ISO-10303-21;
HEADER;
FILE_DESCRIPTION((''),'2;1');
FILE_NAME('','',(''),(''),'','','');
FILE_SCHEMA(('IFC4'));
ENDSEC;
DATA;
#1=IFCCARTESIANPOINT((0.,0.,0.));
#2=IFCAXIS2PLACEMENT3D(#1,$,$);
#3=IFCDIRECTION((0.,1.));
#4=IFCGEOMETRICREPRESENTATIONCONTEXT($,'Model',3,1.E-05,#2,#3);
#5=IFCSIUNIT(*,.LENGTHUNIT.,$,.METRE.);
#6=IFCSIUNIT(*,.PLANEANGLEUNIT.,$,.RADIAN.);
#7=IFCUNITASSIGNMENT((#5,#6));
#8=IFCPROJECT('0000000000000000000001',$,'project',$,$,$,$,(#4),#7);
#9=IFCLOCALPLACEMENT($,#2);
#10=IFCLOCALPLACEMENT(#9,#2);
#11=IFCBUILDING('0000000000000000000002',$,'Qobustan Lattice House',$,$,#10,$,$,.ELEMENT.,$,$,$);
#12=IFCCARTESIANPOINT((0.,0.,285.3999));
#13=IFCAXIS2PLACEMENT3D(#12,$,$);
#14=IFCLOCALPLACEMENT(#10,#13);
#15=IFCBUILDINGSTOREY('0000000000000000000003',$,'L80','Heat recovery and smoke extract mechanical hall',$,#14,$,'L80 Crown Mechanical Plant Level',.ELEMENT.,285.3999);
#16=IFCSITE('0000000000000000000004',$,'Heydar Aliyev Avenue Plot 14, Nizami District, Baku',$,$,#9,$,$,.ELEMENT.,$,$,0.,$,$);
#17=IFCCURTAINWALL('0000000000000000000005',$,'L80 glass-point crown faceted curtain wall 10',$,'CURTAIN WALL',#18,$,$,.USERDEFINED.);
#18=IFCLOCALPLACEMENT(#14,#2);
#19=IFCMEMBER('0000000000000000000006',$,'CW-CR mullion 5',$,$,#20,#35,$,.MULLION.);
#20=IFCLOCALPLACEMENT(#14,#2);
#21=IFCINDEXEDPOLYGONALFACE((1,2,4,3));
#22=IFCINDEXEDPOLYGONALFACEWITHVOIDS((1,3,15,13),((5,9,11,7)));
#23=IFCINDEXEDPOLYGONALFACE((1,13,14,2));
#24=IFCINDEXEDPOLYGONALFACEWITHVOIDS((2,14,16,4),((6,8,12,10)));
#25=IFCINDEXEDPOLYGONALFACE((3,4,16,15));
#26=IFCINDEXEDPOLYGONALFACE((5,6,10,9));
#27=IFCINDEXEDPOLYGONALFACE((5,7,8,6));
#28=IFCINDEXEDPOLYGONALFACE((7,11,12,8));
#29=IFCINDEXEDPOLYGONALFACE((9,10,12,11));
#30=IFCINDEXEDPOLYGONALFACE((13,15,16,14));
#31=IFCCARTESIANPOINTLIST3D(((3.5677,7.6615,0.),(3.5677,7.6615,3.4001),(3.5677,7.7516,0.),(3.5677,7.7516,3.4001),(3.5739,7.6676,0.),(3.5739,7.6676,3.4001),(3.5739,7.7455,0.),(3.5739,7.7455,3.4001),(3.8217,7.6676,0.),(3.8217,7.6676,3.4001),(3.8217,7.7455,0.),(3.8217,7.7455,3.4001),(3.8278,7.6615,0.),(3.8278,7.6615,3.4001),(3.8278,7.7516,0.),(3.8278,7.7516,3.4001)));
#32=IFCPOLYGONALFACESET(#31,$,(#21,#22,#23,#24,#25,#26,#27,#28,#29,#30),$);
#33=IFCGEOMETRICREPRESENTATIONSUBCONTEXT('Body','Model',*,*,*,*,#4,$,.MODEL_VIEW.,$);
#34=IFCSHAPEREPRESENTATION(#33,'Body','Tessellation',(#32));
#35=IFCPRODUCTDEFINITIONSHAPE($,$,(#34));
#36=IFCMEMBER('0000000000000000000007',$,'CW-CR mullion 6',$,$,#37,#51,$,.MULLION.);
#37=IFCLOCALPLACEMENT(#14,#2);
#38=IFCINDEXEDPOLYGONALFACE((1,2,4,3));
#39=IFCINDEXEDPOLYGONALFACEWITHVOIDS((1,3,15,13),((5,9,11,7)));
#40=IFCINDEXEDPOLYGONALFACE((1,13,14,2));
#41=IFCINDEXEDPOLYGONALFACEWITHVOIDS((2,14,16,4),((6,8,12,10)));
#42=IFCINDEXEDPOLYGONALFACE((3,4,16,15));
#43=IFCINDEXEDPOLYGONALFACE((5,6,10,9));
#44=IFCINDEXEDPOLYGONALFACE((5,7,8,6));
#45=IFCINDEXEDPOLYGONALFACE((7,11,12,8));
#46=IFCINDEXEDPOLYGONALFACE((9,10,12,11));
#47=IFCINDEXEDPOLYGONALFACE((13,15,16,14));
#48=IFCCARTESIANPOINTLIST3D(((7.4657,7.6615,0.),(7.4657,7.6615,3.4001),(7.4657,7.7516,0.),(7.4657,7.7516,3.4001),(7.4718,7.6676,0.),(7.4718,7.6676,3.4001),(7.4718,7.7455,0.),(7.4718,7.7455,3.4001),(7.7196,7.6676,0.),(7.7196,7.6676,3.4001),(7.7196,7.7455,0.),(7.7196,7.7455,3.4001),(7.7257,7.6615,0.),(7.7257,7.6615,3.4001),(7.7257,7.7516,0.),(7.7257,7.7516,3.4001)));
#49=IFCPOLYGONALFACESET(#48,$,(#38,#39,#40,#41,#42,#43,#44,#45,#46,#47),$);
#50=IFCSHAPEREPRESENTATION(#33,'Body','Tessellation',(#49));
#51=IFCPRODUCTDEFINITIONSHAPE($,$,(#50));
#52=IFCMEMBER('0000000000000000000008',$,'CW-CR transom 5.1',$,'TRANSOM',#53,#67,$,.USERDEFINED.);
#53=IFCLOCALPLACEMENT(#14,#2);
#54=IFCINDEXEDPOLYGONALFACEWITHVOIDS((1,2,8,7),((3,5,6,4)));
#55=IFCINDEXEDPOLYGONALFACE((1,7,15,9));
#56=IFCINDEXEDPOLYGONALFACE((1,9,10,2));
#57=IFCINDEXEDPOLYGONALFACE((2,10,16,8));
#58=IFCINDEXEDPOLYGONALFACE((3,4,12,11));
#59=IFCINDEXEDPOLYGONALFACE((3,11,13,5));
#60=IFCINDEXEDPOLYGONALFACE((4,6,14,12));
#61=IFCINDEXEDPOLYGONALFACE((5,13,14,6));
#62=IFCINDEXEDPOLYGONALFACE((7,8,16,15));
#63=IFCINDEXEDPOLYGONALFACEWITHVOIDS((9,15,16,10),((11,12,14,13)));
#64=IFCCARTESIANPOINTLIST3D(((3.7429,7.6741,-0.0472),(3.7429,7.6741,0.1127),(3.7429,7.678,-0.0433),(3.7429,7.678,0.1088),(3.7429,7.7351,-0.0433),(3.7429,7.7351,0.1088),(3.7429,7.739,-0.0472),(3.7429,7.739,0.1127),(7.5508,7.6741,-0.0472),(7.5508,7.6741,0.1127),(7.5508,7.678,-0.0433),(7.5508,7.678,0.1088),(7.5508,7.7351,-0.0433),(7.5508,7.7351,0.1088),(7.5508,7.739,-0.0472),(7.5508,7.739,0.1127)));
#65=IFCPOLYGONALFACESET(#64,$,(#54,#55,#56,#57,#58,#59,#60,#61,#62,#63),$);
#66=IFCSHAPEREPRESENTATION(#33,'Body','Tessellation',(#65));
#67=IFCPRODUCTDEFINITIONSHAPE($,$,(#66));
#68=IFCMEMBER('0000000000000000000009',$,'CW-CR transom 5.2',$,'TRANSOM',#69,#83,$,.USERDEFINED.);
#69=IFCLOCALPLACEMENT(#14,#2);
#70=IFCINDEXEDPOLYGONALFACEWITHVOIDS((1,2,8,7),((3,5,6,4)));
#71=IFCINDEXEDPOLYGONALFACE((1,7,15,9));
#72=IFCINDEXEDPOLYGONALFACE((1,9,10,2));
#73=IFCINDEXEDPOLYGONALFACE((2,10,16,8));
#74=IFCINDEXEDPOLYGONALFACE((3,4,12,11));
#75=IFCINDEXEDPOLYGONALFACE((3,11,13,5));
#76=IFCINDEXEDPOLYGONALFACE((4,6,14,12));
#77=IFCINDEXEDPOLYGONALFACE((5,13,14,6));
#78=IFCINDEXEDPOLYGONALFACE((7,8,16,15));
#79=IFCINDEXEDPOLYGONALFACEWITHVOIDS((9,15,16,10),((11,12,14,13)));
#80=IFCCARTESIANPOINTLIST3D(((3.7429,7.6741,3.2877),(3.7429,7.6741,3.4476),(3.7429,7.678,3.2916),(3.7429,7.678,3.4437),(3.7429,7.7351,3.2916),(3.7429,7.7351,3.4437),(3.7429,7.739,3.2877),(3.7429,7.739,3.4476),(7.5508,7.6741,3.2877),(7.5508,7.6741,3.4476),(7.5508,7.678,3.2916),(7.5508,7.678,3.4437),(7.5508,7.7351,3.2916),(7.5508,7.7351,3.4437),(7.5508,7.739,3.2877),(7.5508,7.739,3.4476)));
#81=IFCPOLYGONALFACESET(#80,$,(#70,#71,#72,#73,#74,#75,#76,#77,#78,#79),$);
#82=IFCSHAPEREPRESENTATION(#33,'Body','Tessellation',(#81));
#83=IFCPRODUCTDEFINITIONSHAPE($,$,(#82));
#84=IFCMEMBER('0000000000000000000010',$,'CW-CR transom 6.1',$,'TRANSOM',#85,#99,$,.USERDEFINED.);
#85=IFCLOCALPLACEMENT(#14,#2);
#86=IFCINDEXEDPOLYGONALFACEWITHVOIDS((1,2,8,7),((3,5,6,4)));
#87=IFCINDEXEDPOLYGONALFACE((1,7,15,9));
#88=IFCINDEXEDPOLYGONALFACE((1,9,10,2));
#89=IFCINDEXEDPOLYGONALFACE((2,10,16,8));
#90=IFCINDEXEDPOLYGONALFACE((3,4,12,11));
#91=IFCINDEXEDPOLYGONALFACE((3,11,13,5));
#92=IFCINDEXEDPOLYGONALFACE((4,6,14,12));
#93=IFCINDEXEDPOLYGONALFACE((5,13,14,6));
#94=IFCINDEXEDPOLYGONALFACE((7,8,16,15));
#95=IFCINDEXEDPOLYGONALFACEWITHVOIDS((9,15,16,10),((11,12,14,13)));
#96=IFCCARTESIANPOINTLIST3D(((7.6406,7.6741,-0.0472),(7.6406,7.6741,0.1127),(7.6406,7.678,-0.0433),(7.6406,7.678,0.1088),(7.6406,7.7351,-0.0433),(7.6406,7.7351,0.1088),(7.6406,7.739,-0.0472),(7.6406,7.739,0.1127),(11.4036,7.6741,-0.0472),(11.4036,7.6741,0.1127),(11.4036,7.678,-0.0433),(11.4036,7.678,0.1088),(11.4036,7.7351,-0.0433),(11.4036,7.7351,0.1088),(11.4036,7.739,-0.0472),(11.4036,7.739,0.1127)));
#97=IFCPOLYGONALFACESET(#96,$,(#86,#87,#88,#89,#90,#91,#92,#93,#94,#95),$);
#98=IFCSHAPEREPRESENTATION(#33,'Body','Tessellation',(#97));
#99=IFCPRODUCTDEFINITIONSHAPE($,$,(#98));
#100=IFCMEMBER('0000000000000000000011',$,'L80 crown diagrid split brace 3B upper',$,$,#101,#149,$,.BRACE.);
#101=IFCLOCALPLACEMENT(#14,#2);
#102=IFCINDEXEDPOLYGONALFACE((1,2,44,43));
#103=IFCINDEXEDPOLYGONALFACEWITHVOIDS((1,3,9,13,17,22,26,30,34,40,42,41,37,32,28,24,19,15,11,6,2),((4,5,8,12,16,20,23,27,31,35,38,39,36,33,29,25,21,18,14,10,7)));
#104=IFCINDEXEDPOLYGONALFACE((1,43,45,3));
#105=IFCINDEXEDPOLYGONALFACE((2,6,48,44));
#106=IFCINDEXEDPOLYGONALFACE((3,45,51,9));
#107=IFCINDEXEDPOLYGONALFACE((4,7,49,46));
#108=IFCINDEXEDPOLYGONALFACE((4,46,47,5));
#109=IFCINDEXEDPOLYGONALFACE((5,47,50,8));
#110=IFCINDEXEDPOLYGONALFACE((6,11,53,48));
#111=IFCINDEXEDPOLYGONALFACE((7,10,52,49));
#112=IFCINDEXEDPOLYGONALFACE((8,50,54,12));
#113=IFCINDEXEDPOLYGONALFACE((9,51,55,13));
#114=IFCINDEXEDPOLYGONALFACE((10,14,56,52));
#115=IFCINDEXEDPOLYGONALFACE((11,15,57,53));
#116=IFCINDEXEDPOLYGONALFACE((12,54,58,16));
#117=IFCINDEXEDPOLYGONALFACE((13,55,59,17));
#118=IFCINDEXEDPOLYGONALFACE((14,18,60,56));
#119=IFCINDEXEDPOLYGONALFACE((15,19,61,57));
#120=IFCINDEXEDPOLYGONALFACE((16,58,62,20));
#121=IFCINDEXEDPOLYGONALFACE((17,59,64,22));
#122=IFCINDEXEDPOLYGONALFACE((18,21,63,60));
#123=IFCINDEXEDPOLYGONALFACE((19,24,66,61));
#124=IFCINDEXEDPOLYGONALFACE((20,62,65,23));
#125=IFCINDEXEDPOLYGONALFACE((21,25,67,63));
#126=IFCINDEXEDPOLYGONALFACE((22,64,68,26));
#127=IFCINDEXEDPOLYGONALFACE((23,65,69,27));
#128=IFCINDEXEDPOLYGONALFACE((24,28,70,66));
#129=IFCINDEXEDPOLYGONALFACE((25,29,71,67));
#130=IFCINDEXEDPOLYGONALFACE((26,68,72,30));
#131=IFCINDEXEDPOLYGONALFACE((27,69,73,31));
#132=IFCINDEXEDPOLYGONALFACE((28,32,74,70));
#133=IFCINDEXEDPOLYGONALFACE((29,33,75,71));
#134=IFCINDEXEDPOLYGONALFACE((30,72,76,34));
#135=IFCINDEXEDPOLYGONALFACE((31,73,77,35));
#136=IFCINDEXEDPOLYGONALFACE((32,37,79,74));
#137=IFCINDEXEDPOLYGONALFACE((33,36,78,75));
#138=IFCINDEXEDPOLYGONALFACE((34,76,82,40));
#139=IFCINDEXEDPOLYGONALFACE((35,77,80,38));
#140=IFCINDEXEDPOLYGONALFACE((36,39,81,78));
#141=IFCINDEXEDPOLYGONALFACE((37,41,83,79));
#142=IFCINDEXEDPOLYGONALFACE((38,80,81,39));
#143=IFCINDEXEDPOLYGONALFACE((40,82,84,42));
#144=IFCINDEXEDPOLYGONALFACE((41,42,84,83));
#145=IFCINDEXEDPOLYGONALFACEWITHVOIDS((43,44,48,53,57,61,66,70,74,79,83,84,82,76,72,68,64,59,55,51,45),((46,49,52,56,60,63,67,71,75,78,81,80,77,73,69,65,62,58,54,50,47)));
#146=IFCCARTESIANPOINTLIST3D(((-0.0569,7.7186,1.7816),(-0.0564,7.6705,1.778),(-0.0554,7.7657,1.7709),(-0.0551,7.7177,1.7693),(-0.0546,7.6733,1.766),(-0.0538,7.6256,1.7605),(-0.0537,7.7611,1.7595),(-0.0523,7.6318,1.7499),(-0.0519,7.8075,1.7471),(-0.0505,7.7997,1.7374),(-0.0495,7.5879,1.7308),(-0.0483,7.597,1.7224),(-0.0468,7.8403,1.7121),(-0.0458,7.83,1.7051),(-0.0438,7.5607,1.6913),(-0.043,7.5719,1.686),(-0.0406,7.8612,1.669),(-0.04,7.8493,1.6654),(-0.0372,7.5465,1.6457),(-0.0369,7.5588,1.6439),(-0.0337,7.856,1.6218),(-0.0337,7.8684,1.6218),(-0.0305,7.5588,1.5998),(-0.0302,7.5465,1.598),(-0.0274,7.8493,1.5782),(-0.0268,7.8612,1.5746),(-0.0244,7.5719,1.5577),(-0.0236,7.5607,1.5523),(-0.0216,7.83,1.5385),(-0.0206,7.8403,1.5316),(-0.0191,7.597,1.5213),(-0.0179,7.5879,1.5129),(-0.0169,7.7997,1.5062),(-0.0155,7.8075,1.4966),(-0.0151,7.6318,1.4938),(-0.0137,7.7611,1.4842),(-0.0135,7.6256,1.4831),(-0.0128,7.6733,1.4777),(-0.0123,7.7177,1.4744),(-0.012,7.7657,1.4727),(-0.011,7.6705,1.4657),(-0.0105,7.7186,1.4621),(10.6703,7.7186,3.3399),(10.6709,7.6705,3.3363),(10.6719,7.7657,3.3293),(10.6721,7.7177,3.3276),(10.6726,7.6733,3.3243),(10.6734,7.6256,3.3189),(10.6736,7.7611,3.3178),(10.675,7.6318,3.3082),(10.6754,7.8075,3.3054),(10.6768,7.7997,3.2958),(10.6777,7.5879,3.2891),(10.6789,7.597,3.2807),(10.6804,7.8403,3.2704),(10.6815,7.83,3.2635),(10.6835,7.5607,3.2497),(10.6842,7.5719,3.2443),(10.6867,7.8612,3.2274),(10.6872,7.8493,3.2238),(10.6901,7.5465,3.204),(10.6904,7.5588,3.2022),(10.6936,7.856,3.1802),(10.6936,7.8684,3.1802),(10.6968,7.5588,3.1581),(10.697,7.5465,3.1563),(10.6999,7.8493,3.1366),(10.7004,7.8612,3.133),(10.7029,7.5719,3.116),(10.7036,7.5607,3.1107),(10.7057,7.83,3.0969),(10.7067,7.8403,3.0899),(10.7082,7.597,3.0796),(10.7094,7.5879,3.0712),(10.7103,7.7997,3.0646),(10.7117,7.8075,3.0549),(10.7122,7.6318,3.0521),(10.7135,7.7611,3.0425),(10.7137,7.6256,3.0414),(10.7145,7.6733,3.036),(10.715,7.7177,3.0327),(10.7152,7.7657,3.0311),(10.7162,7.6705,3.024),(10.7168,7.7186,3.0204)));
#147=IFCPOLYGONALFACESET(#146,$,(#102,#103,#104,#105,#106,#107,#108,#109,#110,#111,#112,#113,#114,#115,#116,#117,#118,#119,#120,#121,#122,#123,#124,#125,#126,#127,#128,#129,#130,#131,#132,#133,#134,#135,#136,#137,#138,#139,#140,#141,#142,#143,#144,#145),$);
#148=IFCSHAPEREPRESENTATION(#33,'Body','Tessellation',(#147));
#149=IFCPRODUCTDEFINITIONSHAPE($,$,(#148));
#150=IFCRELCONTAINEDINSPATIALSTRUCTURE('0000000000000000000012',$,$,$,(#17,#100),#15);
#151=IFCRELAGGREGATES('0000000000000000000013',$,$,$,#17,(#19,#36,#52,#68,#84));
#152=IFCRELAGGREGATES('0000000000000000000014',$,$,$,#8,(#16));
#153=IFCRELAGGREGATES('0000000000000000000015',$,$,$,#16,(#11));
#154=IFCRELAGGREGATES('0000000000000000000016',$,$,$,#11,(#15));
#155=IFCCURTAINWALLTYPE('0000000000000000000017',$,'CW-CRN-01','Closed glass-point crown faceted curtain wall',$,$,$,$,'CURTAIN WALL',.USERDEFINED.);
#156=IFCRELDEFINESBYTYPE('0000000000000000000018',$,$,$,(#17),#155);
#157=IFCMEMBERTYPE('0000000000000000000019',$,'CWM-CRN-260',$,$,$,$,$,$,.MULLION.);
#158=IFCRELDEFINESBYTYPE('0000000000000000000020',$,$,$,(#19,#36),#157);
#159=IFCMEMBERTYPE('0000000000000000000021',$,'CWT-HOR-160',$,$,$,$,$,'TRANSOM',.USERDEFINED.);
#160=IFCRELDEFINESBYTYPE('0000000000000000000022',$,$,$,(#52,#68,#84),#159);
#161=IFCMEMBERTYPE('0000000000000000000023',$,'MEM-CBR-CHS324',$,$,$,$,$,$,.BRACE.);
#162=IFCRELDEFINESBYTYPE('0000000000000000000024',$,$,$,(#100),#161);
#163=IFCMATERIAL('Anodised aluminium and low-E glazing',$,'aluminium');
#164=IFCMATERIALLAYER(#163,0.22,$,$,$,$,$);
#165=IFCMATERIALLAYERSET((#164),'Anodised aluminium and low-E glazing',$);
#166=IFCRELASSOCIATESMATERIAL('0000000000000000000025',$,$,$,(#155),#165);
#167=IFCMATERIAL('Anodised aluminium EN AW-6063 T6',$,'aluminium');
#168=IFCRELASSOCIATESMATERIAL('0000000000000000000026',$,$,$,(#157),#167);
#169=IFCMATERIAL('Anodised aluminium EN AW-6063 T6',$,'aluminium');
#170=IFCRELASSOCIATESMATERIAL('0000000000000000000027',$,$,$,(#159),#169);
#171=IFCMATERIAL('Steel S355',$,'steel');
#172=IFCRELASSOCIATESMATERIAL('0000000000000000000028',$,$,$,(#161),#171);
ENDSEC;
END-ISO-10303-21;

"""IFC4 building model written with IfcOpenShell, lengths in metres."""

from ifc_helpers import new_model, si_unit, direction, frame, origin, origin_2d, place, context, subcontext, project, spatial, hollow_rectangle, hollow_circle, extrude, material, layer, layer_set, material_profile, profile_set, type_object, element, aggregate, save


model = new_model("IFC4")

# Units and contexts
model_context = context("Model", 3, precision=1e-05, world=origin(), true_north=direction((0.0, 1.0)))
body_context = subcontext(model_context, "Body", "Model", "MODEL_VIEW")
ifc_project = project(units=[si_unit("LENGTHUNIT", "METRE"), si_unit("PLANEANGLEUNIT", "RADIAN")], contexts=[model_context])

# Site, building, storey
site_placement = place(None, origin())
site = spatial("IfcSite", under=ifc_project, at=site_placement, Name="Heydar Aliyev Avenue Plot 14, Nizami District, Baku", CompositionType="ELEMENT", RefElevation=0.0)
building_placement = place(site_placement, origin())
building = spatial("IfcBuilding", under=site, at=building_placement, Name="Qobustan Lattice House", CompositionType="ELEMENT")
storey_placement = place(building_placement, frame((0.0, 0.0, 285.3999)))
storey = spatial("IfcBuildingStorey", under=building, at=storey_placement, Name="L80", Description="Heat recovery and smoke extract mechanical hall", LongName="L80 Crown Mechanical Plant Level", CompositionType="ELEMENT", Elevation=285.3999)

# Curtain wall, members
ifc_material_1 = material(Name="Anodised aluminium and low-E glazing", Category="aluminium")
ifc_layer_1 = layer(ifc_material_1, 0.22)
ifc_layer_set_1 = layer_set([ifc_layer_1], Name="Anodised aluminium and low-E glazing")
curtain_wall_type = type_object("IfcCurtainWallType", Name="CW-CRN-01", Description="Closed glass-point crown faceted curtain wall", ElementType="CURTAIN WALL", PredefinedType="USERDEFINED", material=ifc_layer_set_1)
curtain_wall_placement = place(storey_placement, origin())
curtain_wall = element("IfcCurtainWall", 1, at=curtain_wall_placement, inside=storey, type_object=curtain_wall_type, Name="L80 glass-point crown faceted curtain wall 10", ObjectType="CURTAIN WALL", PredefinedType="USERDEFINED")
ifc_material_2 = material(Name="Anodised aluminium EN AW-6063 T6", Category="aluminium")
ifc_material_profile_1 = material_profile(ifc_material_2, hollow_rectangle(XDim=0.0901, YDim=0.26, WallThickness=0.0061, at=origin_2d()), Name="CWM-CROWN-260x90")
ifc_profile_set_1 = profile_set([ifc_material_profile_1], Name="Anodised aluminium EN AW-6063 T6")
member_type_1 = type_object("IfcMemberType", Name="CWM-CRN-260", PredefinedType="MULLION", material=ifc_profile_set_1)
member_1_placement = place(storey_placement, frame((3.6978, 7.7065, 0.0), z_axis=(0.0, 0.0, 1.0), x_axis=(0.0, 1.0, 0.0)))
member_1 = element("IfcMember", 2, at=member_1_placement, type_object=member_type_1, Name="CW-CR mullion 5", PredefinedType="MULLION", context=body_context, shape_type="SweptSolid", body=[
    extrude(hollow_rectangle(XDim=0.0901, YDim=0.26, WallThickness=0.0061, at=origin_2d()), origin(), (0.0, 0.0, 1.0), 3.4001),
])
member_2_placement = place(storey_placement, frame((7.5957, 7.7065, 0.0), z_axis=(0.0, 0.0, 1.0), x_axis=(0.0, 1.0, 0.0)))
member_2 = element("IfcMember", 3, at=member_2_placement, type_object=member_type_1, Name="CW-CR mullion 6", PredefinedType="MULLION", context=body_context, shape_type="SweptSolid", body=[
    extrude(hollow_rectangle(XDim=0.0901, YDim=0.26, WallThickness=0.0061, at=origin_2d()), origin(), (0.0, 0.0, 1.0), 3.4001),
])
ifc_material_3 = material(Name="Anodised aluminium EN AW-6063 T6", Category="aluminium")
ifc_material_profile_2 = material_profile(ifc_material_3, hollow_rectangle(XDim=0.0649, YDim=0.1599, WallThickness=0.0039, at=origin_2d()), Name="CWT-160x65")
ifc_profile_set_2 = profile_set([ifc_material_profile_2], Name="Anodised aluminium EN AW-6063 T6")
member_type_2 = type_object("IfcMemberType", Name="CWT-HOR-160", ElementType="TRANSOM", PredefinedType="USERDEFINED", material=ifc_profile_set_2)
member_3_placement = place(storey_placement, frame((3.7429, 7.7065, 0.0327), z_axis=(1.0, 0.0, 0.0), x_axis=(0.0, 1.0, 0.0)))
member_3 = element("IfcMember", 4, at=member_3_placement, type_object=member_type_2, Name="CW-CR transom 5.1", ObjectType="TRANSOM", PredefinedType="USERDEFINED", context=body_context, shape_type="SweptSolid", body=[
    extrude(hollow_rectangle(XDim=0.0649, YDim=0.1599, WallThickness=0.0039, at=origin_2d()), origin(), (0.0, 0.0, 1.0), 3.8079),
])
member_4_placement = place(storey_placement, frame((3.7429, 7.7065, 3.3677), z_axis=(1.0, 0.0, 0.0), x_axis=(0.0, 1.0, 0.0)))
member_4 = element("IfcMember", 5, at=member_4_placement, type_object=member_type_2, Name="CW-CR transom 5.2", ObjectType="TRANSOM", PredefinedType="USERDEFINED", context=body_context, shape_type="SweptSolid", body=[
    extrude(hollow_rectangle(XDim=0.0649, YDim=0.1599, WallThickness=0.0039, at=origin_2d()), origin(), (0.0, 0.0, 1.0), 3.8079),
])
member_5_placement = place(storey_placement, frame((7.6406, 7.7065, 0.0327), z_axis=(1.0, 0.0, 0.0), x_axis=(0.0, 1.0, 0.0)))
member_5 = element("IfcMember", 6, at=member_5_placement, type_object=member_type_2, Name="CW-CR transom 6.1", ObjectType="TRANSOM", PredefinedType="USERDEFINED", context=body_context, shape_type="SweptSolid", body=[
    extrude(hollow_rectangle(XDim=0.0649, YDim=0.1599, WallThickness=0.0039, at=origin_2d()), origin(), (0.0, 0.0, 1.0), 3.7629),
])

# Member
ifc_material_4 = material(Name="Steel S355", Category="steel")
ifc_material_profile_3 = material_profile(ifc_material_4, hollow_circle(Radius=0.1619, WallThickness=0.0125, at=origin_2d()), Name="CHS323.9x12.5")
ifc_profile_set_3 = profile_set([ifc_material_profile_3], Name="Steel S355")
member_type_3 = type_object("IfcMemberType", Name="MEM-CBR-CHS324", PredefinedType="BRACE", material=ifc_profile_set_3)
member_6_placement = place(storey_placement, frame((-0.0337, 7.7065, 1.6218), z_axis=(0.989612, 0.0, 0.143761), x_axis=(0.0, 1.0, 0.0)))
element("IfcMember", 7, at=member_6_placement, inside=storey, type_object=member_type_3, Name="L80 crown diagrid split brace 3B upper", PredefinedType="BRACE", context=body_context, shape_type="SweptSolid", body=[
    extrude(hollow_circle(Radius=0.1619, WallThickness=0.0125, at=origin_2d()), origin(), (0.0, 0.0, 1.0), 10.8398),
])

aggregate(curtain_wall, [member_1, member_2, member_3, member_4, member_5])

save(model, "model.ifc")
